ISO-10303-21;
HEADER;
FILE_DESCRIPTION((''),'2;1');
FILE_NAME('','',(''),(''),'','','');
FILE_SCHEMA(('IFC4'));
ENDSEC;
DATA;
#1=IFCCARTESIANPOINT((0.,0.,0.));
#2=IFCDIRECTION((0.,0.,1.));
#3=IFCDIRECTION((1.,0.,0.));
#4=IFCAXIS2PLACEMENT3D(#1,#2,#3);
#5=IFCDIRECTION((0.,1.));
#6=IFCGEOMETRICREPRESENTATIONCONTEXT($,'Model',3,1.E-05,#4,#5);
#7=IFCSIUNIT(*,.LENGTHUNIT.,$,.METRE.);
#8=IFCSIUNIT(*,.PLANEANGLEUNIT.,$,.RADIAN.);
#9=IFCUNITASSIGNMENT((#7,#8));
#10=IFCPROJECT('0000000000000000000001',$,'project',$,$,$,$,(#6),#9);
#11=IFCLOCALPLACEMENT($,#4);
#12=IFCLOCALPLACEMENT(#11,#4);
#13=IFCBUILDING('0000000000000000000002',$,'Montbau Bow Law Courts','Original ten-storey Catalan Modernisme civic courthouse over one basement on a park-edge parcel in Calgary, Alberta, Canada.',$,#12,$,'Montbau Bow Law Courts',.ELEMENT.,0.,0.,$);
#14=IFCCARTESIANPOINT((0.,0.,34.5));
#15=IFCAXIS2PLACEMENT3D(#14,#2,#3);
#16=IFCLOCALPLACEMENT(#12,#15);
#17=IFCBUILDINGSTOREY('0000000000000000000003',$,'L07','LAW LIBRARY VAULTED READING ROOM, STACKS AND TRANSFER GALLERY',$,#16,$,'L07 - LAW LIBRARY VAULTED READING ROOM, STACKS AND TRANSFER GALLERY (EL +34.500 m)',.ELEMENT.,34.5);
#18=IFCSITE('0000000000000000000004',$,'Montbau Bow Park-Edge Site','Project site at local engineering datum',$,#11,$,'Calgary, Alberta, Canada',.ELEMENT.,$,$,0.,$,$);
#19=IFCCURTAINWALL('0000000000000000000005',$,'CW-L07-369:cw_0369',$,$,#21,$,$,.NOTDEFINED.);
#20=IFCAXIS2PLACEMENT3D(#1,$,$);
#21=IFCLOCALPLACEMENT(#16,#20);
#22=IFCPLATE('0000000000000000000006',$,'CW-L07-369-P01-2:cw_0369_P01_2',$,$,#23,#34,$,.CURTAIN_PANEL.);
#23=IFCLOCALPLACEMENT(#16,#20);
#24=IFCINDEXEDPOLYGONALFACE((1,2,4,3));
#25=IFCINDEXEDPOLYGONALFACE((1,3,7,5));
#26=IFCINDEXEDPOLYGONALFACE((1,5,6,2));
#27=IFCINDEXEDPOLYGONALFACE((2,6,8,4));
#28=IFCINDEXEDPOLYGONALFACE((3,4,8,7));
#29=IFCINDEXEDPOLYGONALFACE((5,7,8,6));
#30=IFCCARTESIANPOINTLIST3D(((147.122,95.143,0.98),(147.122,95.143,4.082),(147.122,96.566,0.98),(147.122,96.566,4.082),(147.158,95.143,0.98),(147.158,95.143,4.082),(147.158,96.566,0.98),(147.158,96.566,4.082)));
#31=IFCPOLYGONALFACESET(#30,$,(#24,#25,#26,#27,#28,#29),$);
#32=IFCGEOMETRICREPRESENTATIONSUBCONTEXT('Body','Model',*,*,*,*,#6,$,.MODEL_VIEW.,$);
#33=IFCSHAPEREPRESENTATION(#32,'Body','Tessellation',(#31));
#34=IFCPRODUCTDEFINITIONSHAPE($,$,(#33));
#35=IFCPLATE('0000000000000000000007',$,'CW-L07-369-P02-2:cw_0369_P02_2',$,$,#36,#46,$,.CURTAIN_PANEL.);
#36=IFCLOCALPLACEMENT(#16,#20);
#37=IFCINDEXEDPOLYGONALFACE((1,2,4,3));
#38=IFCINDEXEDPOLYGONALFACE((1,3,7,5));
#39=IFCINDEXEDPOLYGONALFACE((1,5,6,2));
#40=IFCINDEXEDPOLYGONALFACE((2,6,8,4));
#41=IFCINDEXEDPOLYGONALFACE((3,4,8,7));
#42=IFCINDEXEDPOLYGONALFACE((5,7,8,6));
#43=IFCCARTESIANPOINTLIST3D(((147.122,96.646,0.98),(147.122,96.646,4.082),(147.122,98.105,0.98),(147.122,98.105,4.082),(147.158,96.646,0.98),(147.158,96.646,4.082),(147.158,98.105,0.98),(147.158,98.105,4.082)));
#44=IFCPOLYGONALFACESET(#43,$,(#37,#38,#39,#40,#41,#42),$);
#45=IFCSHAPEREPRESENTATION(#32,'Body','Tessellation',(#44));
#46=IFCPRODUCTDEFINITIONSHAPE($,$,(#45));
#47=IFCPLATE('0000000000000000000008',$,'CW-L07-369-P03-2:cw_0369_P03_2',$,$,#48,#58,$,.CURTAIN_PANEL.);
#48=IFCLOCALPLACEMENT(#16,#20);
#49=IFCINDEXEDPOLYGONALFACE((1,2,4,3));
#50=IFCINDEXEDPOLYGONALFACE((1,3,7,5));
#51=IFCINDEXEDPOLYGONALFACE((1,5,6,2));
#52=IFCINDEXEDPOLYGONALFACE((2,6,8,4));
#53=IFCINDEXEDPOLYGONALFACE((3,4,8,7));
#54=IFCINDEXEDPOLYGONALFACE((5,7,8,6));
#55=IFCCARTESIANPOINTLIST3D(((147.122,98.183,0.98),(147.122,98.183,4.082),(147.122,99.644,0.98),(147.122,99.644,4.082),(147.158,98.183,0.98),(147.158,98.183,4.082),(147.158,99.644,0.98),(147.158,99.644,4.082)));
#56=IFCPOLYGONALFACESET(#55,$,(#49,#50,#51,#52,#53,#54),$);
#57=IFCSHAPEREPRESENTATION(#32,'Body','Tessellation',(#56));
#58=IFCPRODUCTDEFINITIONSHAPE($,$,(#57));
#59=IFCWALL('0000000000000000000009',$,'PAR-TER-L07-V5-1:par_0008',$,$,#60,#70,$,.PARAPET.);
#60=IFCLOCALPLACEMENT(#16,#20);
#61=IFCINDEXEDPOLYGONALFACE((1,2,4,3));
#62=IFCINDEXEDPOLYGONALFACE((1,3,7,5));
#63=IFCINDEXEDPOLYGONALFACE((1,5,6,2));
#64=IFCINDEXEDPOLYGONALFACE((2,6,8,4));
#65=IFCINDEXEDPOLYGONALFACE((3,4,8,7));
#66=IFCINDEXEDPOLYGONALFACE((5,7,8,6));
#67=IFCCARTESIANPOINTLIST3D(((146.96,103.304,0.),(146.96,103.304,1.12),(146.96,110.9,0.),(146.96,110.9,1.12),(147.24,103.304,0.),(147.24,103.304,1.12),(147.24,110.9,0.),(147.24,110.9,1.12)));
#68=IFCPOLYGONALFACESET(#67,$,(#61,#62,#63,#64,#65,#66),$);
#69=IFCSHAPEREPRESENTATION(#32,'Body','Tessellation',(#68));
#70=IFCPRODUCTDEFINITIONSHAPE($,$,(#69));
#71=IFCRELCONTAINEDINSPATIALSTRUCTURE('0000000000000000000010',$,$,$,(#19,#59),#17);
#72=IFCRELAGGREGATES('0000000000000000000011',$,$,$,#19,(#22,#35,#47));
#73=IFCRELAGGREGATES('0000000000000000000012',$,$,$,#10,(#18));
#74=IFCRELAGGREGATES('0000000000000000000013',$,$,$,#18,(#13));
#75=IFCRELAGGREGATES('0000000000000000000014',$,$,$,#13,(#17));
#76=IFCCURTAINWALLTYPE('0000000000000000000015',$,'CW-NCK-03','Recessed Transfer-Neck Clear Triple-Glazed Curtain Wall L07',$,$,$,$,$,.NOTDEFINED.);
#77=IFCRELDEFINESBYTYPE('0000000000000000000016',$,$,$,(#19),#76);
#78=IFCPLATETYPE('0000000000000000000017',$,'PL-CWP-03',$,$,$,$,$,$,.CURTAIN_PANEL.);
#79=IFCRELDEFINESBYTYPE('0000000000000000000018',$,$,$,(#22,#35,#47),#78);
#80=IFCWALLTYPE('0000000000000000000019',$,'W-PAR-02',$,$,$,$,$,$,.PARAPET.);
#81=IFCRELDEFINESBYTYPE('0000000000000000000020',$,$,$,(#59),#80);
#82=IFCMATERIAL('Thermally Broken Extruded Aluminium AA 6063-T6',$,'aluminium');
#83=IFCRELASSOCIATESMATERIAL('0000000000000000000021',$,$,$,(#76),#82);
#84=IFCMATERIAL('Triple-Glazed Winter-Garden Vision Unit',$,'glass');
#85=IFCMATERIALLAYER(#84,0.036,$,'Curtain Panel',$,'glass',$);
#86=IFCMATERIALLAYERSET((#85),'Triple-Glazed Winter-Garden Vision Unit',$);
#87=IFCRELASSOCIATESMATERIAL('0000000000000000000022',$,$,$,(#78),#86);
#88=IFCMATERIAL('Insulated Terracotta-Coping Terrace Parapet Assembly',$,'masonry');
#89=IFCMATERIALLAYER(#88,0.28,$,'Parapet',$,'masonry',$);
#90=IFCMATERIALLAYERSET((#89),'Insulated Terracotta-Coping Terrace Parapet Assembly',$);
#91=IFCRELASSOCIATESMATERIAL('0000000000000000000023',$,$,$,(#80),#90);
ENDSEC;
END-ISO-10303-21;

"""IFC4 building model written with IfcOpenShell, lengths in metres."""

from ifc_helpers import new_model, si_unit, direction, frame, frame_2d, origin_with_axes, place, context, subcontext, project, spatial, rectangle, extrude, material, layer, layer_set, type_object, element, aggregate, save


model = new_model("IFC4")

# Units and contexts
model_context = context("Model", 3, precision=1e-05, world=origin_with_axes(), true_north=direction((0.0, 1.0)))
body_context = subcontext(model_context, "Body", "Model", "MODEL_VIEW")
ifc_project = project(units=[si_unit("LENGTHUNIT", "METRE"), si_unit("PLANEANGLEUNIT", "RADIAN")], contexts=[model_context])

# Site, building, storey
site_placement = place(None, origin_with_axes())
site = spatial("IfcSite", under=ifc_project, at=site_placement, Name="Montbau Bow Park-Edge Site", Description="Project site at local engineering datum", LongName="Calgary, Alberta, Canada", CompositionType="ELEMENT", RefElevation=0.0)
building_placement = place(site_placement, origin_with_axes())
building = spatial("IfcBuilding", under=site, at=building_placement, Name="Montbau Bow Law Courts", Description="Original ten-storey Catalan Modernisme civic courthouse over one basement on a park-edge parcel in Calgary, Alberta, Canada.", LongName="Montbau Bow Law Courts", CompositionType="ELEMENT", ElevationOfRefHeight=0.0, ElevationOfTerrain=0.0)
storey_placement = place(building_placement, frame((0.0, 0.0, 34.5), z_axis=(0.0, 0.0, 1.0), x_axis=(1.0, 0.0, 0.0)))
storey = spatial("IfcBuildingStorey", under=building, at=storey_placement, Name="L07", Description="LAW LIBRARY VAULTED READING ROOM, STACKS AND TRANSFER GALLERY", LongName="L07 - LAW LIBRARY VAULTED READING ROOM, STACKS AND TRANSFER GALLERY (EL +34.500 m)", CompositionType="ELEMENT", Elevation=34.5)

# Curtain wall, plates
ifc_material_1 = material(Name="Thermally Broken Extruded Aluminium AA 6063-T6", Category="aluminium")
curtain_wall_type = type_object("IfcCurtainWallType", Name="CW-NCK-03", Description="Recessed Transfer-Neck Clear Triple-Glazed Curtain Wall L07", PredefinedType="NOTDEFINED", material=ifc_material_1)
curtain_wall_placement = place(None, frame((147.14, 95.067, 34.5), z_axis=(0.0, 0.0, 1.0), x_axis=(1.0, 0.0, 0.0)))
curtain_wall = element("IfcCurtainWall", 1, at=curtain_wall_placement, inside=storey, type_object=curtain_wall_type, Name="CW-L07-369:cw_0369", PredefinedType="NOTDEFINED")
ifc_material_2 = material(Name="Triple-Glazed Winter-Garden Vision Unit", Category="glass")
ifc_layer_1 = layer(ifc_material_2, 0.036, Name="Curtain Panel", Category="glass")
ifc_layer_set_1 = layer_set([ifc_layer_1], Name="Triple-Glazed Winter-Garden Vision Unit")
plate_type_1 = type_object("IfcPlateType", Name="PL-CWP-03", PredefinedType="CURTAIN_PANEL", material=ifc_layer_set_1)
plate_1_placement = place(None, frame((147.14, 95.143, 35.48), z_axis=(1.0, 0.0, 0.0), x_axis=(0.0, 1.0, 0.0)))
plate_1 = element("IfcPlate", 2, at=plate_1_placement, type_object=plate_type_1, Name="CW-L07-369-P01-2:cw_0369_P01_2", PredefinedType="CURTAIN_PANEL", context=body_context, shape_type="SweptSolid", body=[
    extrude(rectangle(XDim=1.423, YDim=3.102, at=frame_2d((0.7115, 1.551), x_axis=(1.0, 0.0))), frame((0.0, 0.0, -0.018), z_axis=(0.0, 0.0, 1.0), x_axis=(1.0, 0.0, 0.0)), (0.0, 0.0, 1.0), 0.036),
])
plate_2_placement = place(None, frame((147.14, 96.646, 35.48), z_axis=(1.0, 0.0, 0.0), x_axis=(0.0, 1.0, 0.0)))
plate_2 = element("IfcPlate", 3, at=plate_2_placement, type_object=plate_type_1, Name="CW-L07-369-P02-2:cw_0369_P02_2", PredefinedType="CURTAIN_PANEL", context=body_context, shape_type="SweptSolid", body=[
    extrude(rectangle(XDim=1.459, YDim=3.102, at=frame_2d((0.7295, 1.551), x_axis=(1.0, 0.0))), frame((0.0, 0.0, -0.018), z_axis=(0.0, 0.0, 1.0), x_axis=(1.0, 0.0, 0.0)), (0.0, 0.0, 1.0), 0.036),
])
plate_3_placement = place(None, frame((147.14, 98.183, 35.48), z_axis=(1.0, 0.0, 0.0), x_axis=(0.0, 1.0, 0.0)))
plate_3 = element("IfcPlate", 4, at=plate_3_placement, type_object=plate_type_1, Name="CW-L07-369-P03-2:cw_0369_P03_2", PredefinedType="CURTAIN_PANEL", context=body_context, shape_type="SweptSolid", body=[
    extrude(rectangle(XDim=1.461, YDim=3.102, at=frame_2d((0.7305, 1.551), x_axis=(1.0, 0.0))), frame((0.0, 0.0, -0.018), z_axis=(0.0, 0.0, 1.0), x_axis=(1.0, 0.0, 0.0)), (0.0, 0.0, 1.0), 0.036),
])
aggregate(curtain_wall, [plate_1, plate_2, plate_3])

# Wall
ifc_material_3 = material(Name="Insulated Terracotta-Coping Terrace Parapet Assembly", Category="masonry")
ifc_layer_2 = layer(ifc_material_3, 0.28, Name="Parapet", Category="masonry")
ifc_layer_set_2 = layer_set([ifc_layer_2], Name="Insulated Terracotta-Coping Terrace Parapet Assembly")
wall_type = type_object("IfcWallType", Name="W-PAR-02", PredefinedType="PARAPET", material=ifc_layer_set_2)
wall_placement = place(None, frame((147.1, 103.304, 34.5), z_axis=(0.0, 0.0, 1.0), x_axis=(0.0, 1.0, 0.0)))
element("IfcWall", 5, at=wall_placement, inside=storey, type_object=wall_type, Name="PAR-TER-L07-V5-1:par_0008", PredefinedType="PARAPET", context=body_context, shape_type="SweptSolid", body=[
    extrude(rectangle(XDim=7.596, YDim=0.28, at=frame_2d((3.798, 0.0), x_axis=(1.0, 0.0))), origin_with_axes(), (0.0, 0.0, 1.0), 1.12),
])

save(model, "model.ifc")
